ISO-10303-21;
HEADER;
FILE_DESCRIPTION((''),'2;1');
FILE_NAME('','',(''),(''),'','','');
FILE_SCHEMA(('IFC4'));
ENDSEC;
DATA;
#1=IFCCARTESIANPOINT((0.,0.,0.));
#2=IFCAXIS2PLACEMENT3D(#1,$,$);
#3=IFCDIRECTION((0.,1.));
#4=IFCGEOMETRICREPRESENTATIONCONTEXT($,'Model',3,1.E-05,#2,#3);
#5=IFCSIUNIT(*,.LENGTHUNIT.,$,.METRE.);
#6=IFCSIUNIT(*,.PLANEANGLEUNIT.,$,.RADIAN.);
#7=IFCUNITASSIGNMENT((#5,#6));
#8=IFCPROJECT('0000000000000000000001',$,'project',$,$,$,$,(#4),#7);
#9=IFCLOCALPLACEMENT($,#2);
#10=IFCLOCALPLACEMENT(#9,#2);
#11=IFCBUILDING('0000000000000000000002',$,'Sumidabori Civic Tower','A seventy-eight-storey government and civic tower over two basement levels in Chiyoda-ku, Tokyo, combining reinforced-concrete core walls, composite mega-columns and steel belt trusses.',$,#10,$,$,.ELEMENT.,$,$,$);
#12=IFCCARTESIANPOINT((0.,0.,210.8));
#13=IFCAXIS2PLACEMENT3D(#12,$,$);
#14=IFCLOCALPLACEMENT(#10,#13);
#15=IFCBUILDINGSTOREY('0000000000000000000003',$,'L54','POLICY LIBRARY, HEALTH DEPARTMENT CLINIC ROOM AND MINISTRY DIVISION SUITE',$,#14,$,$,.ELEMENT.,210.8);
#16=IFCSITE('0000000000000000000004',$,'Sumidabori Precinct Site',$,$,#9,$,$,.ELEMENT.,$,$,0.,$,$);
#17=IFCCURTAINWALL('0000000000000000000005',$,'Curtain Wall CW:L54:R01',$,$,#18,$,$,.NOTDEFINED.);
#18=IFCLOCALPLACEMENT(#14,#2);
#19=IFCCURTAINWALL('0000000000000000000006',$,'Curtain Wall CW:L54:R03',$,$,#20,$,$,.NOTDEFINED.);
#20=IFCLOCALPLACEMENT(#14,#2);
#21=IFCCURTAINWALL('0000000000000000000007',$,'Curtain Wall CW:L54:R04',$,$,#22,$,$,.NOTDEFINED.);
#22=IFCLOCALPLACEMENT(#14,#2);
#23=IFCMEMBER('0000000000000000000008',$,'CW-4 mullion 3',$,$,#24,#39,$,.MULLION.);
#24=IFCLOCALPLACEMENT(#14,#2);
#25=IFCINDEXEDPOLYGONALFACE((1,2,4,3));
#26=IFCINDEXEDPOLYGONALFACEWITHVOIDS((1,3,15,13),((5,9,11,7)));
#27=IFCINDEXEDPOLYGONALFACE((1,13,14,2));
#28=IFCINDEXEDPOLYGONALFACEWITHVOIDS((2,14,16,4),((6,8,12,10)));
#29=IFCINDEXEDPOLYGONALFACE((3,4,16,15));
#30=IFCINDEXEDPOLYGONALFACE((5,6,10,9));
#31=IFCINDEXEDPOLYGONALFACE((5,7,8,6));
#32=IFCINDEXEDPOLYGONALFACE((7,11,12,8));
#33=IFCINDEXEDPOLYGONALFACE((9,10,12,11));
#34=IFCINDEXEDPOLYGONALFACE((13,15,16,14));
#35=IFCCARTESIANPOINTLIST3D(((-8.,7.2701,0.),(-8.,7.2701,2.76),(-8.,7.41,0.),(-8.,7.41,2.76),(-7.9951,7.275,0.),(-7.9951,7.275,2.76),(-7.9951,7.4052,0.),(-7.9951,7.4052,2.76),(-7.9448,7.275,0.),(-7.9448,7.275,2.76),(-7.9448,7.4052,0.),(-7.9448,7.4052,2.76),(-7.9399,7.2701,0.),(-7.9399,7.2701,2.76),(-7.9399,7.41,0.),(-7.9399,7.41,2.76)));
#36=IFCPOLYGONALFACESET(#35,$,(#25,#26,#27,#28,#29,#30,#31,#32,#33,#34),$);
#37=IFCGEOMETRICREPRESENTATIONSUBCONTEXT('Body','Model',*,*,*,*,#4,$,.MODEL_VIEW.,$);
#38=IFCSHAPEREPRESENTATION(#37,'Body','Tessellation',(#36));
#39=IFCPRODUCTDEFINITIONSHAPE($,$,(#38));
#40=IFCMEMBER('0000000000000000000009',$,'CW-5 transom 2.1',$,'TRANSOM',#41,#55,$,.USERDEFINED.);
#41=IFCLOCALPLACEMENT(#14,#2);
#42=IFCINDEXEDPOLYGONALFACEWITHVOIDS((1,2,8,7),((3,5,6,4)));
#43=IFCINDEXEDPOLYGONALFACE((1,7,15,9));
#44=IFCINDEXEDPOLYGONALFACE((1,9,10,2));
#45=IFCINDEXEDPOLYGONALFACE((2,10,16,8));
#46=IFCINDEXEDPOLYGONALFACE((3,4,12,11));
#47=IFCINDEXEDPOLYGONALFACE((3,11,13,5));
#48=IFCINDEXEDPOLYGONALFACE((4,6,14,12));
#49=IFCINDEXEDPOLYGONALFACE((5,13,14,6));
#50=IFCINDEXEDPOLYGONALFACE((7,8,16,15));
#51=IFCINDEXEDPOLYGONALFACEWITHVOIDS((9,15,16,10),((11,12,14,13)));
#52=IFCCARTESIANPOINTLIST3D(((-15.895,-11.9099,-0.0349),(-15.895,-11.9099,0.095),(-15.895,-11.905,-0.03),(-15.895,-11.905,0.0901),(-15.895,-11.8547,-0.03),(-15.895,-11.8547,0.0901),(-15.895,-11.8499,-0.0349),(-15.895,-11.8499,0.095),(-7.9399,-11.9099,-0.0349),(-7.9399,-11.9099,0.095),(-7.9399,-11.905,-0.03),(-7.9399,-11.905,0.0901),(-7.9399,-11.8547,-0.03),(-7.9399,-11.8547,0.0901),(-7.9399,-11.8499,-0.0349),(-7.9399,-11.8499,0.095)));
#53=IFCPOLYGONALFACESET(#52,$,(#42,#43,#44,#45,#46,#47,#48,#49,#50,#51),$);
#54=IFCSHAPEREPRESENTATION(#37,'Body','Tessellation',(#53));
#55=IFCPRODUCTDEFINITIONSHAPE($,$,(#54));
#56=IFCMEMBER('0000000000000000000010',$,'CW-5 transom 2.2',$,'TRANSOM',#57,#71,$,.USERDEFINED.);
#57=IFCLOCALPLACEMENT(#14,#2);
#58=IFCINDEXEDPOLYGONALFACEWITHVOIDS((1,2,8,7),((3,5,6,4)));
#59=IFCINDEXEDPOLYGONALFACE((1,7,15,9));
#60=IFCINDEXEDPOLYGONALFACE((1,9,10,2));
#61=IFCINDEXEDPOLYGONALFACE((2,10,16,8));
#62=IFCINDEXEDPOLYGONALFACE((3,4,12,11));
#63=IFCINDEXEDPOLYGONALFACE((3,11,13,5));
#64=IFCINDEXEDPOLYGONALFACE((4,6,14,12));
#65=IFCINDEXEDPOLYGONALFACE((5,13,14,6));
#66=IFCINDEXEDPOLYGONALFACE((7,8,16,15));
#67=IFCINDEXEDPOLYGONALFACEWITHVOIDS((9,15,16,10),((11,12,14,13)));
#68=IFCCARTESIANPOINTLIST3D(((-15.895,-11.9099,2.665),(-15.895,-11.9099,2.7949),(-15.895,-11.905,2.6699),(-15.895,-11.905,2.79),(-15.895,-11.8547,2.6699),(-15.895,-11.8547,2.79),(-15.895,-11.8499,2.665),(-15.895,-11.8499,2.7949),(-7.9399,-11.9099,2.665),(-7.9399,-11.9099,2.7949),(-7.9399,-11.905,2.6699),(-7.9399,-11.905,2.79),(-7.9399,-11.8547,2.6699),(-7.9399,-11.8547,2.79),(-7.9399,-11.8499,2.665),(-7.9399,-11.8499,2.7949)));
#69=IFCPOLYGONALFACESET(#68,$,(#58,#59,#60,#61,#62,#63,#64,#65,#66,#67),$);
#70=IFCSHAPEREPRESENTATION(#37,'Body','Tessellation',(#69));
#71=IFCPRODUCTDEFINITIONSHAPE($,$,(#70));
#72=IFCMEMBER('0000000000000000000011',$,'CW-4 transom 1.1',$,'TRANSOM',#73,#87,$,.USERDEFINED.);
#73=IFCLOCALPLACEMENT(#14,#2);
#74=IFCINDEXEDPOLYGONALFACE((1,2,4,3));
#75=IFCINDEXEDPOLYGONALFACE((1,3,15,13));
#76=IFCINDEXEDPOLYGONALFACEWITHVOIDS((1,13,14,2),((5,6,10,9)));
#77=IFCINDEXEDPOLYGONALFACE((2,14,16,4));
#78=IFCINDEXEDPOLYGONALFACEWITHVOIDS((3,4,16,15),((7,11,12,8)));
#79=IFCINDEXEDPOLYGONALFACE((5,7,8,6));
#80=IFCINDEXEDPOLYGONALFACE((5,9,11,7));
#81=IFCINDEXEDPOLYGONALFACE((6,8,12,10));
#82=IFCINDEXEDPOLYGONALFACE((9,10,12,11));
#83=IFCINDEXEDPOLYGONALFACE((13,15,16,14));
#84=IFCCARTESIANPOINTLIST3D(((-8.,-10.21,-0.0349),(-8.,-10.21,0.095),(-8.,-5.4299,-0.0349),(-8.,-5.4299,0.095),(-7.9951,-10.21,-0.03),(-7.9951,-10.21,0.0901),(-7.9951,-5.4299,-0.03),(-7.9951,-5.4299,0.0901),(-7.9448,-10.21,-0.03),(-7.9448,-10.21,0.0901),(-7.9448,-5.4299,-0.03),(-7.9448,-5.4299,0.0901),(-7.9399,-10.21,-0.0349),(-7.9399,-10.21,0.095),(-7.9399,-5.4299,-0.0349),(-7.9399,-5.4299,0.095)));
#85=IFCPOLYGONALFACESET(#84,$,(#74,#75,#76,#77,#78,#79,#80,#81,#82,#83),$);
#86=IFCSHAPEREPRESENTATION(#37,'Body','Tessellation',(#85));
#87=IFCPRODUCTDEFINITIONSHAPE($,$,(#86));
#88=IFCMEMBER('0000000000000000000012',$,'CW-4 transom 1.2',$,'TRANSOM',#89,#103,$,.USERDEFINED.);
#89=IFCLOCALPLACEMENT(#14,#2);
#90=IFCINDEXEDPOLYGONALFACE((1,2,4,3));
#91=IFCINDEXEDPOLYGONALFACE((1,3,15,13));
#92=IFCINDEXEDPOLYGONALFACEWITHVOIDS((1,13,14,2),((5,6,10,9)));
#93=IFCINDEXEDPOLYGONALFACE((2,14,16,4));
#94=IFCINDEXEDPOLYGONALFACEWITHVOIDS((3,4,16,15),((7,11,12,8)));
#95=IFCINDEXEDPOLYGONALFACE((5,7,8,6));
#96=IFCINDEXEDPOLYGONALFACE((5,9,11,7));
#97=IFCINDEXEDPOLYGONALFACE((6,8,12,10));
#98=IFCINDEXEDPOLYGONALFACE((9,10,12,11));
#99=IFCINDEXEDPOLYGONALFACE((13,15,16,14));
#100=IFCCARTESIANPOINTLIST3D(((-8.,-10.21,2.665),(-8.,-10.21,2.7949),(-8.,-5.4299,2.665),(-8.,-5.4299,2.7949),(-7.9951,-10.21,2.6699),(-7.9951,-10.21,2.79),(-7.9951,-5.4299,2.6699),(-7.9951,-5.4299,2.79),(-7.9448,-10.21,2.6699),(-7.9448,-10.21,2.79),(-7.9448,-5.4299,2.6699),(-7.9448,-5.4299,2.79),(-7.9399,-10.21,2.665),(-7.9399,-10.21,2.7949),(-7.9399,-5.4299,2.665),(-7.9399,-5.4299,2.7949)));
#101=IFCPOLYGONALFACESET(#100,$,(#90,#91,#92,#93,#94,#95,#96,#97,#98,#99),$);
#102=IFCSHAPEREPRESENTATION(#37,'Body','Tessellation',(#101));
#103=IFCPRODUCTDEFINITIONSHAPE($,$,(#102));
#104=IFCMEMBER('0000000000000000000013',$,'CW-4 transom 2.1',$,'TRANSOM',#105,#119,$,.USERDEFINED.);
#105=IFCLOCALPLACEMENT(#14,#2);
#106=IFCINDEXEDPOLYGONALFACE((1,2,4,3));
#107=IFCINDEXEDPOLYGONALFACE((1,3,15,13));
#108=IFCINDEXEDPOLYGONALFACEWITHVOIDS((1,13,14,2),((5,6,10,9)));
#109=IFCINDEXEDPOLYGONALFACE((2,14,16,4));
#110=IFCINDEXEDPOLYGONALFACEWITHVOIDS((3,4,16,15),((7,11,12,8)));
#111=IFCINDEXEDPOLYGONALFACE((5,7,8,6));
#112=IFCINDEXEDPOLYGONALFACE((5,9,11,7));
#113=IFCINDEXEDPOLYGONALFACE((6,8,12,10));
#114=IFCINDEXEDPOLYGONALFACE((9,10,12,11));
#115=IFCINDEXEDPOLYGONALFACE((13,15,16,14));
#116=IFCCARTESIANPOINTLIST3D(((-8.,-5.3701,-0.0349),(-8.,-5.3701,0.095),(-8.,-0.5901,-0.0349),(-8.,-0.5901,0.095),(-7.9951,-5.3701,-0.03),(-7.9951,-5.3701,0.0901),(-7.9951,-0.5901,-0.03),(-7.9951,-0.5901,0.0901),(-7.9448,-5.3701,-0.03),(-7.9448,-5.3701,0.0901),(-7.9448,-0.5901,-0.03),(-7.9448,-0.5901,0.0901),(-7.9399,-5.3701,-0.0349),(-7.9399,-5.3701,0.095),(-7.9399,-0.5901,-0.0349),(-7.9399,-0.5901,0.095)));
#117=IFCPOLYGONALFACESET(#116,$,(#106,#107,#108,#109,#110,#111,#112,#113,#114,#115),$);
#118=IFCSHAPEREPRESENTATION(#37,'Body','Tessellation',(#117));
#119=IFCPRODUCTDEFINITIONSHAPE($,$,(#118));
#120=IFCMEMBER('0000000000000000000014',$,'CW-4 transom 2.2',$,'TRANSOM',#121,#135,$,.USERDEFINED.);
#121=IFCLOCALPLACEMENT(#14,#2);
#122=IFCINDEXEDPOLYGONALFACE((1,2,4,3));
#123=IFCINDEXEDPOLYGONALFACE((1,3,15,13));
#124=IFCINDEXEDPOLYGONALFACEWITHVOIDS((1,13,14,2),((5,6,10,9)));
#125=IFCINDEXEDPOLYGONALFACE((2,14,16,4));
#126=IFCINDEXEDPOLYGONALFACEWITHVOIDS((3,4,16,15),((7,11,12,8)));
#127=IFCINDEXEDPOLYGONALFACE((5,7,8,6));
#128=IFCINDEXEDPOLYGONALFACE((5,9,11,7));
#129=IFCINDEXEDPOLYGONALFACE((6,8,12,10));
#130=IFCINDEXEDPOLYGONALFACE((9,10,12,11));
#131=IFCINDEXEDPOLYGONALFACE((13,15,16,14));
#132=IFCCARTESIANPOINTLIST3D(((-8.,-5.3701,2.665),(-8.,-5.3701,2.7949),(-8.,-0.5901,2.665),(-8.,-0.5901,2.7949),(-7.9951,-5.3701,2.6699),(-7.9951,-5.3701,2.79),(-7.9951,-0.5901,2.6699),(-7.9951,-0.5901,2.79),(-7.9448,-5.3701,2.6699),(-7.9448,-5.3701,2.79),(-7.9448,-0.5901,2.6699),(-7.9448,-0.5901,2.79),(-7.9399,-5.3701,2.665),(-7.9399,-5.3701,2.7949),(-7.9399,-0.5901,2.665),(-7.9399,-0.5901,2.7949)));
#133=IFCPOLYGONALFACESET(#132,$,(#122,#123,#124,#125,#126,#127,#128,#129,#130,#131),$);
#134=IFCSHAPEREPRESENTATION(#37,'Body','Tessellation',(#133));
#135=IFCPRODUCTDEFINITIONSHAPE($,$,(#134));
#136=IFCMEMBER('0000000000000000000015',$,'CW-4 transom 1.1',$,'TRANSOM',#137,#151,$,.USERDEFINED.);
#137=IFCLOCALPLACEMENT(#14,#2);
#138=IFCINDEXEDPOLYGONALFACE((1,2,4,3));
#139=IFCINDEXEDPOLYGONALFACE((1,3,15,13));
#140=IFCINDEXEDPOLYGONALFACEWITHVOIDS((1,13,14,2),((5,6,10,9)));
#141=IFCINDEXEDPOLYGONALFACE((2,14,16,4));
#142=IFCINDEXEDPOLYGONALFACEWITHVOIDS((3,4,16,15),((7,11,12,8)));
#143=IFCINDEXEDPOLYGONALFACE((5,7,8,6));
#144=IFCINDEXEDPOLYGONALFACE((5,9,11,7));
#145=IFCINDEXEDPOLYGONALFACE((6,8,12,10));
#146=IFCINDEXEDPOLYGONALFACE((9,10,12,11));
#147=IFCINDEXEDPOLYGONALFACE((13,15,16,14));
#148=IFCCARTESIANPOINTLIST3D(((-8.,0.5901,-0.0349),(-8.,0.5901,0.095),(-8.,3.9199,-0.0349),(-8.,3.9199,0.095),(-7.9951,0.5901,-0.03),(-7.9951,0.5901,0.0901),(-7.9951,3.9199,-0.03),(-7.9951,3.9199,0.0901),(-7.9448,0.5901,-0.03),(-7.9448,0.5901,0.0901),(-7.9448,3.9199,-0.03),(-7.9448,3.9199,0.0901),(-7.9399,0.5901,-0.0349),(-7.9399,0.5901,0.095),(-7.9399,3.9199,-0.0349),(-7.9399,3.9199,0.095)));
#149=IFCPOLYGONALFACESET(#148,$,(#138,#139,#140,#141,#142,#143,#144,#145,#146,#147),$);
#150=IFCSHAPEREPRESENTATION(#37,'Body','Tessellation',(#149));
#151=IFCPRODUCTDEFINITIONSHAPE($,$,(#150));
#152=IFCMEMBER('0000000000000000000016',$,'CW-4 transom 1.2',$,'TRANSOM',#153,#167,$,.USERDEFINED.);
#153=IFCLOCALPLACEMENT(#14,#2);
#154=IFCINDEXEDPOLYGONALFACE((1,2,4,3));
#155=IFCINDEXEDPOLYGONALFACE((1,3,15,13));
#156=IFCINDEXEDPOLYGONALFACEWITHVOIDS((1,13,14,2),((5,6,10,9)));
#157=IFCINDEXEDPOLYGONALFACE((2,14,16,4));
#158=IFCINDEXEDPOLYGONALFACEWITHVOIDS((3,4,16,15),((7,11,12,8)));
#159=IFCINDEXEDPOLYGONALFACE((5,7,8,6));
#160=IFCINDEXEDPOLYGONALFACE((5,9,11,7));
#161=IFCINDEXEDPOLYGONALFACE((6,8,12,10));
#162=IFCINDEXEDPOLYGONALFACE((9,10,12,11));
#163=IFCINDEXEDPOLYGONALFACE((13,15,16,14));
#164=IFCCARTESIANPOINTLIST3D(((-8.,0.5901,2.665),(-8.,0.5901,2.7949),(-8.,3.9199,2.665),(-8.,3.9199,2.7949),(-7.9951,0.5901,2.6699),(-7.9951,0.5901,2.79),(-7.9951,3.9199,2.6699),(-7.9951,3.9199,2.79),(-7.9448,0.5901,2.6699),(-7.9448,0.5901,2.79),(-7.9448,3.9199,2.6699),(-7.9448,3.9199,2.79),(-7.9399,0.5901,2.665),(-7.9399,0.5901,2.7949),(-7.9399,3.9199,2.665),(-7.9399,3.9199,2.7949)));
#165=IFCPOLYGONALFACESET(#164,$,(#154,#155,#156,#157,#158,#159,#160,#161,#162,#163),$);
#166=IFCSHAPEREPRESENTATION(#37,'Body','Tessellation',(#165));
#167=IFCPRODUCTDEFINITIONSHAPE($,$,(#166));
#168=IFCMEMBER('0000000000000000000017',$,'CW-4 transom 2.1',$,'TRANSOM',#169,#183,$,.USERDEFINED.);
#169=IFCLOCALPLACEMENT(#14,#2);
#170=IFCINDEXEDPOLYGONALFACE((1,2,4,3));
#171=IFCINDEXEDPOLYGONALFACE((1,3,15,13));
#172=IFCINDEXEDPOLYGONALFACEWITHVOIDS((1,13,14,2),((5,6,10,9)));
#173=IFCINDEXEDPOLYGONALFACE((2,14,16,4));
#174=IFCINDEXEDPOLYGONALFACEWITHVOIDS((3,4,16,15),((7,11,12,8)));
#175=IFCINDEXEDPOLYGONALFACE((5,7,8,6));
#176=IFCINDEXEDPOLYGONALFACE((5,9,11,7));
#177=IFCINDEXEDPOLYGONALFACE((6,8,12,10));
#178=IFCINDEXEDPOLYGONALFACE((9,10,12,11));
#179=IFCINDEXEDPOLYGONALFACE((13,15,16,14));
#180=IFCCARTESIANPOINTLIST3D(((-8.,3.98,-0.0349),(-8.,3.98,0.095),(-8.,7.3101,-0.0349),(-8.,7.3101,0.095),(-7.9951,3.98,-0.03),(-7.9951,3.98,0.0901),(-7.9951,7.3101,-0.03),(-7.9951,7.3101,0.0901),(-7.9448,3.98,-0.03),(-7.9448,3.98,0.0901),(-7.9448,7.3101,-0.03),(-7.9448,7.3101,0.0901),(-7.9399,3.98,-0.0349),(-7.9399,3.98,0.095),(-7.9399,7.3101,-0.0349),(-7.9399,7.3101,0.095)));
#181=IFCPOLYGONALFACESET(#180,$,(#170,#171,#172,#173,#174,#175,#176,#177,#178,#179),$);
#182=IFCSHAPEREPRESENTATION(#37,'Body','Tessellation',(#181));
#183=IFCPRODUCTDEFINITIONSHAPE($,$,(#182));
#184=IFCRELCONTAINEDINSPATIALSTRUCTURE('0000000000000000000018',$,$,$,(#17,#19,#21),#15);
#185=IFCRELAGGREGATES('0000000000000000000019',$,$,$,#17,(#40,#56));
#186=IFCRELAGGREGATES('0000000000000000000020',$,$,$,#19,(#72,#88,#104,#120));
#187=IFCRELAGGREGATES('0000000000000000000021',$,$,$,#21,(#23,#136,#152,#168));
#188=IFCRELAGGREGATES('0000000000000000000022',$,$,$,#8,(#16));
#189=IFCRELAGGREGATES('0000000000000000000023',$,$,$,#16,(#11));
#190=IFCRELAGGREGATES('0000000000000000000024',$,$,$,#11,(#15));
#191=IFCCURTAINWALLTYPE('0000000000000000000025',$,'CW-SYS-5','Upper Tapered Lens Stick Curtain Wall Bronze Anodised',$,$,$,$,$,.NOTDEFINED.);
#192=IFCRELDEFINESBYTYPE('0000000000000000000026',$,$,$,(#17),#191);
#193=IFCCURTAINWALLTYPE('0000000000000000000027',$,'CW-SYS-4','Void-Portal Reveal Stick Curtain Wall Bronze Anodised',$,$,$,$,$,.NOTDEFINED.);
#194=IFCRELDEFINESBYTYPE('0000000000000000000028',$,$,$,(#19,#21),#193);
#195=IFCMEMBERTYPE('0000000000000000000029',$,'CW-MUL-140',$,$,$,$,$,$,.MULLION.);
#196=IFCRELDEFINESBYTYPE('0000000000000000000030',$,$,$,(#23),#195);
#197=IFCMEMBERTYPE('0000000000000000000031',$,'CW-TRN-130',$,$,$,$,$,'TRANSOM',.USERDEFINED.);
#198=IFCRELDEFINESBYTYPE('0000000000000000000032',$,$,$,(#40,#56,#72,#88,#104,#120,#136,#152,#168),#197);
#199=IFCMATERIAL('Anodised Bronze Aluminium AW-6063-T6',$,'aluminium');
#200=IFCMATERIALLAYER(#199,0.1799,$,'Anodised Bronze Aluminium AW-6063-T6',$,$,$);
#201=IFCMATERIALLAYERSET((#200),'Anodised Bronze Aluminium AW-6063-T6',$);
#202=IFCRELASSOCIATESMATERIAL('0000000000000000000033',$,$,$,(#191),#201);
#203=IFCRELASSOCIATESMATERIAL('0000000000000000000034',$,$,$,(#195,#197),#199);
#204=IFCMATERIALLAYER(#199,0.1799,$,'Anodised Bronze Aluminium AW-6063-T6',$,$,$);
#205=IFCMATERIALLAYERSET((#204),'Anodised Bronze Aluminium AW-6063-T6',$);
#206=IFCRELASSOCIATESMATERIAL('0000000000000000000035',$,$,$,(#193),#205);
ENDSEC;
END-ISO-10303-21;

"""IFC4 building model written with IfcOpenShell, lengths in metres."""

from ifc_helpers import new_model, si_unit, direction, frame, origin, origin_2d, place, context, subcontext, project, spatial, hollow_rectangle, extrude, source, transform, mapped, material, layer, layer_set, material_profile, profile_set, type_object, element, aggregate, save


model = new_model("IFC4")

# Units and contexts
model_context = context("Model", 3, precision=1e-05, world=origin(), true_north=direction((0.0, 1.0)))
body_context = subcontext(model_context, "Body", "Model", "MODEL_VIEW")
ifc_project = project(units=[si_unit("LENGTHUNIT", "METRE"), si_unit("PLANEANGLEUNIT", "RADIAN")], contexts=[model_context])

# Site, building, storey
site_placement = place(None, origin())
site = spatial("IfcSite", under=ifc_project, at=site_placement, Name="Sumidabori Precinct Site", CompositionType="ELEMENT", RefElevation=0.0)
building_placement = place(site_placement, origin())
building = spatial("IfcBuilding", under=site, at=building_placement, Name="Sumidabori Civic Tower", Description="A seventy-eight-storey government and civic tower over two basement levels in Chiyoda-ku, Tokyo, combining reinforced-concrete core walls, composite mega-columns and steel belt trusses.", CompositionType="ELEMENT")
storey_placement = place(building_placement, frame((0.0, 0.0, 210.8)))
storey = spatial("IfcBuildingStorey", under=building, at=storey_placement, Name="L54", Description="POLICY LIBRARY, HEALTH DEPARTMENT CLINIC ROOM AND MINISTRY DIVISION SUITE", CompositionType="ELEMENT", Elevation=210.8)

# Curtain walls, member
ifc_material_1 = material(Name="Anodised Bronze Aluminium AW-6063-T6", Category="aluminium")
ifc_layer_1 = layer(ifc_material_1, 0.1799, Name="Anodised Bronze Aluminium AW-6063-T6")
ifc_layer_set_1 = layer_set([ifc_layer_1], Name="Anodised Bronze Aluminium AW-6063-T6")
curtain_wall_type_1 = type_object("IfcCurtainWallType", Name="CW-SYS-5", Description="Upper Tapered Lens Stick Curtain Wall Bronze Anodised", PredefinedType="NOTDEFINED", material=ifc_layer_set_1)
curtain_wall_1_placement = place(storey_placement, origin())
curtain_wall_1 = element("IfcCurtainWall", 1, at=curtain_wall_1_placement, inside=storey, type_object=curtain_wall_type_1, Name="Curtain Wall CW:L54:R01", PredefinedType="NOTDEFINED")
ifc_material_profile_1 = material_profile(ifc_material_1, hollow_rectangle(XDim=0.0601, YDim=0.1399, WallThickness=0.0049, at=origin_2d()), Name="ALU MULLION 140x60")
ifc_profile_set_1 = profile_set([ifc_material_profile_1], Name="Anodised Bronze Aluminium AW-6063-T6")
member_type_1 = type_object("IfcMemberType", Name="CW-MUL-140", PredefinedType="MULLION", material=ifc_profile_set_1)
shared_shape_1 = source(origin(), body_context, "Body", "SweptSolid", [
    extrude(hollow_rectangle(XDim=0.0601, YDim=0.1399, WallThickness=0.0049, at=origin_2d()), origin(), (0.0, 0.0, 1.0), 2.76),
])
ifc_layer_2 = layer(ifc_material_1, 0.1799, Name="Anodised Bronze Aluminium AW-6063-T6")
ifc_layer_set_2 = layer_set([ifc_layer_2], Name="Anodised Bronze Aluminium AW-6063-T6")
curtain_wall_type_2 = type_object("IfcCurtainWallType", Name="CW-SYS-4", Description="Void-Portal Reveal Stick Curtain Wall Bronze Anodised", PredefinedType="NOTDEFINED", material=ifc_layer_set_2)
curtain_wall_2_placement = place(storey_placement, origin())
curtain_wall_2 = element("IfcCurtainWall", 2, at=curtain_wall_2_placement, inside=storey, type_object=curtain_wall_type_2, Name="Curtain Wall CW:L54:R03", PredefinedType="NOTDEFINED")
curtain_wall_3_placement = place(storey_placement, origin())
curtain_wall_3 = element("IfcCurtainWall", 3, at=curtain_wall_3_placement, inside=storey, type_object=curtain_wall_type_2, Name="Curtain Wall CW:L54:R04", PredefinedType="NOTDEFINED")
member_1_placement = place(storey_placement, frame((-7.97, 7.3401, 0.0), z_axis=(0.0, 0.0, 1.0), x_axis=(-1.0, 0.0, 0.0)))
member_1 = element("IfcMember", 4, at=member_1_placement, type_object=member_type_1, Name="CW-4 mullion 3", PredefinedType="MULLION", context=body_context, shape_type="MappedRepresentation", body=[
    mapped(shared_shape_1, transform((0.0, 0.0, 0.0), x_axis=(1.0, 0.0, 0.0), y_axis=(0.0, 1.0, 0.0), z_axis=(0.0, 0.0, 1.0), scale=1.0)),
])

# Members
ifc_material_profile_2 = material_profile(ifc_material_1, hollow_rectangle(XDim=0.0601, YDim=0.1299, WallThickness=0.0049, at=origin_2d()), Name="ALU TRANSOM 130x60")
ifc_profile_set_2 = profile_set([ifc_material_profile_2], Name="Anodised Bronze Aluminium AW-6063-T6")
member_type_2 = type_object("IfcMemberType", Name="CW-TRN-130", ElementType="TRANSOM", PredefinedType="USERDEFINED", material=ifc_profile_set_2)
shared_shape_2 = source(origin(), body_context, "Body", "SweptSolid", [
    extrude(hollow_rectangle(XDim=0.0601, YDim=0.1299, WallThickness=0.0049, at=origin_2d()), origin(), (0.0, 0.0, 1.0), 7.9551),
])
member_2_placement = place(storey_placement, frame((-15.895, -11.8799, 0.03), z_axis=(1.0, 0.0, 0.0), x_axis=(0.0, 1.0, 0.0)))
member_2 = element("IfcMember", 5, at=member_2_placement, type_object=member_type_2, Name="CW-5 transom 2.1", ObjectType="TRANSOM", PredefinedType="USERDEFINED", context=body_context, shape_type="MappedRepresentation", body=[
    mapped(shared_shape_2, transform((0.0, 0.0, 0.0), x_axis=(1.0, 0.0, 0.0), y_axis=(0.0, 1.0, 0.0), z_axis=(0.0, 0.0, 1.0), scale=1.0)),
])
member_3_placement = place(storey_placement, frame((-15.895, -11.8799, 2.73), z_axis=(1.0, 0.0, 0.0), x_axis=(0.0, 1.0, 0.0)))
member_3 = element("IfcMember", 6, at=member_3_placement, type_object=member_type_2, Name="CW-5 transom 2.2", ObjectType="TRANSOM", PredefinedType="USERDEFINED", context=body_context, shape_type="MappedRepresentation", body=[
    mapped(shared_shape_2, transform((0.0, 0.0, 0.0), x_axis=(1.0, 0.0, 0.0), y_axis=(0.0, 1.0, 0.0), z_axis=(0.0, 0.0, 1.0), scale=1.0)),
])
shared_shape_3 = source(origin(), body_context, "Body", "SweptSolid", [
    extrude(hollow_rectangle(XDim=0.0601, YDim=0.1299, WallThickness=0.0049, at=origin_2d()), origin(), (0.0, 0.0, 1.0), 4.78),
])
member_4_placement = place(storey_placement, frame((-7.97, -10.21, 0.03), z_axis=(0.0, 1.0, 0.0), x_axis=(-1.0, 0.0, 0.0)))
member_4 = element("IfcMember", 7, at=member_4_placement, type_object=member_type_2, Name="CW-4 transom 1.1", ObjectType="TRANSOM", PredefinedType="USERDEFINED", context=body_context, shape_type="MappedRepresentation", body=[
    mapped(shared_shape_3, transform((0.0, 0.0, 0.0), x_axis=(1.0, 0.0, 0.0), y_axis=(0.0, 1.0, 0.0), z_axis=(0.0, 0.0, 1.0), scale=1.0)),
])
member_5_placement = place(storey_placement, frame((-7.97, -10.21, 2.73), z_axis=(0.0, 1.0, 0.0), x_axis=(-1.0, 0.0, 0.0)))
member_5 = element("IfcMember", 8, at=member_5_placement, type_object=member_type_2, Name="CW-4 transom 1.2", ObjectType="TRANSOM", PredefinedType="USERDEFINED", context=body_context, shape_type="MappedRepresentation", body=[
    mapped(shared_shape_3, transform((0.0, 0.0, 0.0), x_axis=(1.0, 0.0, 0.0), y_axis=(0.0, 1.0, 0.0), z_axis=(0.0, 0.0, 1.0), scale=1.0)),
])
member_6_placement = place(storey_placement, frame((-7.97, -5.3701, 0.03), z_axis=(0.0, 1.0, 0.0), x_axis=(-1.0, 0.0, 0.0)))
member_6 = element("IfcMember", 9, at=member_6_placement, type_object=member_type_2, Name="CW-4 transom 2.1", ObjectType="TRANSOM", PredefinedType="USERDEFINED", context=body_context, shape_type="MappedRepresentation", body=[
    mapped(shared_shape_3, transform((0.0, 0.0, 0.0), x_axis=(1.0, 0.0, 0.0), y_axis=(0.0, 1.0, 0.0), z_axis=(0.0, 0.0, 1.0), scale=1.0)),
])
member_7_placement = place(storey_placement, frame((-7.97, -5.3701, 2.73), z_axis=(0.0, 1.0, 0.0), x_axis=(-1.0, 0.0, 0.0)))
member_7 = element("IfcMember", 10, at=member_7_placement, type_object=member_type_2, Name="CW-4 transom 2.2", ObjectType="TRANSOM", PredefinedType="USERDEFINED", context=body_context, shape_type="MappedRepresentation", body=[
    mapped(shared_shape_3, transform((0.0, 0.0, 0.0), x_axis=(1.0, 0.0, 0.0), y_axis=(0.0, 1.0, 0.0), z_axis=(0.0, 0.0, 1.0), scale=1.0)),
])
shared_shape_4 = source(origin(), body_context, "Body", "SweptSolid", [
    extrude(hollow_rectangle(XDim=0.0601, YDim=0.1299, WallThickness=0.0049, at=origin_2d()), origin(), (0.0, 0.0, 1.0), 3.3298),
])
member_8_placement = place(storey_placement, frame((-7.97, 0.5901, 0.03), z_axis=(0.0, 1.0, 0.0), x_axis=(-1.0, 0.0, 0.0)))
member_8 = element("IfcMember", 11, at=member_8_placement, type_object=member_type_2, Name="CW-4 transom 1.1", ObjectType="TRANSOM", PredefinedType="USERDEFINED", context=body_context, shape_type="MappedRepresentation", body=[
    mapped(shared_shape_4, transform((0.0, 0.0, 0.0), x_axis=(1.0, 0.0, 0.0), y_axis=(0.0, 1.0, 0.0), z_axis=(0.0, 0.0, 1.0), scale=1.0)),
])
member_9_placement = place(storey_placement, frame((-7.97, 0.5901, 2.73), z_axis=(0.0, 1.0, 0.0), x_axis=(-1.0, 0.0, 0.0)))
member_9 = element("IfcMember", 12, at=member_9_placement, type_object=member_type_2, Name="CW-4 transom 1.2", ObjectType="TRANSOM", PredefinedType="USERDEFINED", context=body_context, shape_type="MappedRepresentation", body=[
    mapped(shared_shape_4, transform((0.0, 0.0, 0.0), x_axis=(1.0, 0.0, 0.0), y_axis=(0.0, 1.0, 0.0), z_axis=(0.0, 0.0, 1.0), scale=1.0)),
])
shared_shape_5 = source(origin(), body_context, "Body", "SweptSolid", [
    extrude(hollow_rectangle(XDim=0.0601, YDim=0.1299, WallThickness=0.0049, at=origin_2d()), origin(), (0.0, 0.0, 1.0), 3.3301),
])
member_10_placement = place(storey_placement, frame((-7.97, 3.98, 0.03), z_axis=(0.0, 1.0, 0.0), x_axis=(-1.0, 0.0, 0.0)))
member_10 = element("IfcMember", 13, at=member_10_placement, type_object=member_type_2, Name="CW-4 transom 2.1", ObjectType="TRANSOM", PredefinedType="USERDEFINED", context=body_context, shape_type="MappedRepresentation", body=[
    mapped(shared_shape_5, transform((0.0, 0.0, 0.0), x_axis=(1.0, 0.0, 0.0), y_axis=(0.0, 1.0, 0.0), z_axis=(0.0, 0.0, 1.0), scale=1.0)),
])

aggregate(curtain_wall_1, [member_2, member_3])
aggregate(curtain_wall_2, [member_4, member_5, member_6, member_7])
aggregate(curtain_wall_3, [member_1, member_8, member_9, member_10])

save(model, "model.ifc")
